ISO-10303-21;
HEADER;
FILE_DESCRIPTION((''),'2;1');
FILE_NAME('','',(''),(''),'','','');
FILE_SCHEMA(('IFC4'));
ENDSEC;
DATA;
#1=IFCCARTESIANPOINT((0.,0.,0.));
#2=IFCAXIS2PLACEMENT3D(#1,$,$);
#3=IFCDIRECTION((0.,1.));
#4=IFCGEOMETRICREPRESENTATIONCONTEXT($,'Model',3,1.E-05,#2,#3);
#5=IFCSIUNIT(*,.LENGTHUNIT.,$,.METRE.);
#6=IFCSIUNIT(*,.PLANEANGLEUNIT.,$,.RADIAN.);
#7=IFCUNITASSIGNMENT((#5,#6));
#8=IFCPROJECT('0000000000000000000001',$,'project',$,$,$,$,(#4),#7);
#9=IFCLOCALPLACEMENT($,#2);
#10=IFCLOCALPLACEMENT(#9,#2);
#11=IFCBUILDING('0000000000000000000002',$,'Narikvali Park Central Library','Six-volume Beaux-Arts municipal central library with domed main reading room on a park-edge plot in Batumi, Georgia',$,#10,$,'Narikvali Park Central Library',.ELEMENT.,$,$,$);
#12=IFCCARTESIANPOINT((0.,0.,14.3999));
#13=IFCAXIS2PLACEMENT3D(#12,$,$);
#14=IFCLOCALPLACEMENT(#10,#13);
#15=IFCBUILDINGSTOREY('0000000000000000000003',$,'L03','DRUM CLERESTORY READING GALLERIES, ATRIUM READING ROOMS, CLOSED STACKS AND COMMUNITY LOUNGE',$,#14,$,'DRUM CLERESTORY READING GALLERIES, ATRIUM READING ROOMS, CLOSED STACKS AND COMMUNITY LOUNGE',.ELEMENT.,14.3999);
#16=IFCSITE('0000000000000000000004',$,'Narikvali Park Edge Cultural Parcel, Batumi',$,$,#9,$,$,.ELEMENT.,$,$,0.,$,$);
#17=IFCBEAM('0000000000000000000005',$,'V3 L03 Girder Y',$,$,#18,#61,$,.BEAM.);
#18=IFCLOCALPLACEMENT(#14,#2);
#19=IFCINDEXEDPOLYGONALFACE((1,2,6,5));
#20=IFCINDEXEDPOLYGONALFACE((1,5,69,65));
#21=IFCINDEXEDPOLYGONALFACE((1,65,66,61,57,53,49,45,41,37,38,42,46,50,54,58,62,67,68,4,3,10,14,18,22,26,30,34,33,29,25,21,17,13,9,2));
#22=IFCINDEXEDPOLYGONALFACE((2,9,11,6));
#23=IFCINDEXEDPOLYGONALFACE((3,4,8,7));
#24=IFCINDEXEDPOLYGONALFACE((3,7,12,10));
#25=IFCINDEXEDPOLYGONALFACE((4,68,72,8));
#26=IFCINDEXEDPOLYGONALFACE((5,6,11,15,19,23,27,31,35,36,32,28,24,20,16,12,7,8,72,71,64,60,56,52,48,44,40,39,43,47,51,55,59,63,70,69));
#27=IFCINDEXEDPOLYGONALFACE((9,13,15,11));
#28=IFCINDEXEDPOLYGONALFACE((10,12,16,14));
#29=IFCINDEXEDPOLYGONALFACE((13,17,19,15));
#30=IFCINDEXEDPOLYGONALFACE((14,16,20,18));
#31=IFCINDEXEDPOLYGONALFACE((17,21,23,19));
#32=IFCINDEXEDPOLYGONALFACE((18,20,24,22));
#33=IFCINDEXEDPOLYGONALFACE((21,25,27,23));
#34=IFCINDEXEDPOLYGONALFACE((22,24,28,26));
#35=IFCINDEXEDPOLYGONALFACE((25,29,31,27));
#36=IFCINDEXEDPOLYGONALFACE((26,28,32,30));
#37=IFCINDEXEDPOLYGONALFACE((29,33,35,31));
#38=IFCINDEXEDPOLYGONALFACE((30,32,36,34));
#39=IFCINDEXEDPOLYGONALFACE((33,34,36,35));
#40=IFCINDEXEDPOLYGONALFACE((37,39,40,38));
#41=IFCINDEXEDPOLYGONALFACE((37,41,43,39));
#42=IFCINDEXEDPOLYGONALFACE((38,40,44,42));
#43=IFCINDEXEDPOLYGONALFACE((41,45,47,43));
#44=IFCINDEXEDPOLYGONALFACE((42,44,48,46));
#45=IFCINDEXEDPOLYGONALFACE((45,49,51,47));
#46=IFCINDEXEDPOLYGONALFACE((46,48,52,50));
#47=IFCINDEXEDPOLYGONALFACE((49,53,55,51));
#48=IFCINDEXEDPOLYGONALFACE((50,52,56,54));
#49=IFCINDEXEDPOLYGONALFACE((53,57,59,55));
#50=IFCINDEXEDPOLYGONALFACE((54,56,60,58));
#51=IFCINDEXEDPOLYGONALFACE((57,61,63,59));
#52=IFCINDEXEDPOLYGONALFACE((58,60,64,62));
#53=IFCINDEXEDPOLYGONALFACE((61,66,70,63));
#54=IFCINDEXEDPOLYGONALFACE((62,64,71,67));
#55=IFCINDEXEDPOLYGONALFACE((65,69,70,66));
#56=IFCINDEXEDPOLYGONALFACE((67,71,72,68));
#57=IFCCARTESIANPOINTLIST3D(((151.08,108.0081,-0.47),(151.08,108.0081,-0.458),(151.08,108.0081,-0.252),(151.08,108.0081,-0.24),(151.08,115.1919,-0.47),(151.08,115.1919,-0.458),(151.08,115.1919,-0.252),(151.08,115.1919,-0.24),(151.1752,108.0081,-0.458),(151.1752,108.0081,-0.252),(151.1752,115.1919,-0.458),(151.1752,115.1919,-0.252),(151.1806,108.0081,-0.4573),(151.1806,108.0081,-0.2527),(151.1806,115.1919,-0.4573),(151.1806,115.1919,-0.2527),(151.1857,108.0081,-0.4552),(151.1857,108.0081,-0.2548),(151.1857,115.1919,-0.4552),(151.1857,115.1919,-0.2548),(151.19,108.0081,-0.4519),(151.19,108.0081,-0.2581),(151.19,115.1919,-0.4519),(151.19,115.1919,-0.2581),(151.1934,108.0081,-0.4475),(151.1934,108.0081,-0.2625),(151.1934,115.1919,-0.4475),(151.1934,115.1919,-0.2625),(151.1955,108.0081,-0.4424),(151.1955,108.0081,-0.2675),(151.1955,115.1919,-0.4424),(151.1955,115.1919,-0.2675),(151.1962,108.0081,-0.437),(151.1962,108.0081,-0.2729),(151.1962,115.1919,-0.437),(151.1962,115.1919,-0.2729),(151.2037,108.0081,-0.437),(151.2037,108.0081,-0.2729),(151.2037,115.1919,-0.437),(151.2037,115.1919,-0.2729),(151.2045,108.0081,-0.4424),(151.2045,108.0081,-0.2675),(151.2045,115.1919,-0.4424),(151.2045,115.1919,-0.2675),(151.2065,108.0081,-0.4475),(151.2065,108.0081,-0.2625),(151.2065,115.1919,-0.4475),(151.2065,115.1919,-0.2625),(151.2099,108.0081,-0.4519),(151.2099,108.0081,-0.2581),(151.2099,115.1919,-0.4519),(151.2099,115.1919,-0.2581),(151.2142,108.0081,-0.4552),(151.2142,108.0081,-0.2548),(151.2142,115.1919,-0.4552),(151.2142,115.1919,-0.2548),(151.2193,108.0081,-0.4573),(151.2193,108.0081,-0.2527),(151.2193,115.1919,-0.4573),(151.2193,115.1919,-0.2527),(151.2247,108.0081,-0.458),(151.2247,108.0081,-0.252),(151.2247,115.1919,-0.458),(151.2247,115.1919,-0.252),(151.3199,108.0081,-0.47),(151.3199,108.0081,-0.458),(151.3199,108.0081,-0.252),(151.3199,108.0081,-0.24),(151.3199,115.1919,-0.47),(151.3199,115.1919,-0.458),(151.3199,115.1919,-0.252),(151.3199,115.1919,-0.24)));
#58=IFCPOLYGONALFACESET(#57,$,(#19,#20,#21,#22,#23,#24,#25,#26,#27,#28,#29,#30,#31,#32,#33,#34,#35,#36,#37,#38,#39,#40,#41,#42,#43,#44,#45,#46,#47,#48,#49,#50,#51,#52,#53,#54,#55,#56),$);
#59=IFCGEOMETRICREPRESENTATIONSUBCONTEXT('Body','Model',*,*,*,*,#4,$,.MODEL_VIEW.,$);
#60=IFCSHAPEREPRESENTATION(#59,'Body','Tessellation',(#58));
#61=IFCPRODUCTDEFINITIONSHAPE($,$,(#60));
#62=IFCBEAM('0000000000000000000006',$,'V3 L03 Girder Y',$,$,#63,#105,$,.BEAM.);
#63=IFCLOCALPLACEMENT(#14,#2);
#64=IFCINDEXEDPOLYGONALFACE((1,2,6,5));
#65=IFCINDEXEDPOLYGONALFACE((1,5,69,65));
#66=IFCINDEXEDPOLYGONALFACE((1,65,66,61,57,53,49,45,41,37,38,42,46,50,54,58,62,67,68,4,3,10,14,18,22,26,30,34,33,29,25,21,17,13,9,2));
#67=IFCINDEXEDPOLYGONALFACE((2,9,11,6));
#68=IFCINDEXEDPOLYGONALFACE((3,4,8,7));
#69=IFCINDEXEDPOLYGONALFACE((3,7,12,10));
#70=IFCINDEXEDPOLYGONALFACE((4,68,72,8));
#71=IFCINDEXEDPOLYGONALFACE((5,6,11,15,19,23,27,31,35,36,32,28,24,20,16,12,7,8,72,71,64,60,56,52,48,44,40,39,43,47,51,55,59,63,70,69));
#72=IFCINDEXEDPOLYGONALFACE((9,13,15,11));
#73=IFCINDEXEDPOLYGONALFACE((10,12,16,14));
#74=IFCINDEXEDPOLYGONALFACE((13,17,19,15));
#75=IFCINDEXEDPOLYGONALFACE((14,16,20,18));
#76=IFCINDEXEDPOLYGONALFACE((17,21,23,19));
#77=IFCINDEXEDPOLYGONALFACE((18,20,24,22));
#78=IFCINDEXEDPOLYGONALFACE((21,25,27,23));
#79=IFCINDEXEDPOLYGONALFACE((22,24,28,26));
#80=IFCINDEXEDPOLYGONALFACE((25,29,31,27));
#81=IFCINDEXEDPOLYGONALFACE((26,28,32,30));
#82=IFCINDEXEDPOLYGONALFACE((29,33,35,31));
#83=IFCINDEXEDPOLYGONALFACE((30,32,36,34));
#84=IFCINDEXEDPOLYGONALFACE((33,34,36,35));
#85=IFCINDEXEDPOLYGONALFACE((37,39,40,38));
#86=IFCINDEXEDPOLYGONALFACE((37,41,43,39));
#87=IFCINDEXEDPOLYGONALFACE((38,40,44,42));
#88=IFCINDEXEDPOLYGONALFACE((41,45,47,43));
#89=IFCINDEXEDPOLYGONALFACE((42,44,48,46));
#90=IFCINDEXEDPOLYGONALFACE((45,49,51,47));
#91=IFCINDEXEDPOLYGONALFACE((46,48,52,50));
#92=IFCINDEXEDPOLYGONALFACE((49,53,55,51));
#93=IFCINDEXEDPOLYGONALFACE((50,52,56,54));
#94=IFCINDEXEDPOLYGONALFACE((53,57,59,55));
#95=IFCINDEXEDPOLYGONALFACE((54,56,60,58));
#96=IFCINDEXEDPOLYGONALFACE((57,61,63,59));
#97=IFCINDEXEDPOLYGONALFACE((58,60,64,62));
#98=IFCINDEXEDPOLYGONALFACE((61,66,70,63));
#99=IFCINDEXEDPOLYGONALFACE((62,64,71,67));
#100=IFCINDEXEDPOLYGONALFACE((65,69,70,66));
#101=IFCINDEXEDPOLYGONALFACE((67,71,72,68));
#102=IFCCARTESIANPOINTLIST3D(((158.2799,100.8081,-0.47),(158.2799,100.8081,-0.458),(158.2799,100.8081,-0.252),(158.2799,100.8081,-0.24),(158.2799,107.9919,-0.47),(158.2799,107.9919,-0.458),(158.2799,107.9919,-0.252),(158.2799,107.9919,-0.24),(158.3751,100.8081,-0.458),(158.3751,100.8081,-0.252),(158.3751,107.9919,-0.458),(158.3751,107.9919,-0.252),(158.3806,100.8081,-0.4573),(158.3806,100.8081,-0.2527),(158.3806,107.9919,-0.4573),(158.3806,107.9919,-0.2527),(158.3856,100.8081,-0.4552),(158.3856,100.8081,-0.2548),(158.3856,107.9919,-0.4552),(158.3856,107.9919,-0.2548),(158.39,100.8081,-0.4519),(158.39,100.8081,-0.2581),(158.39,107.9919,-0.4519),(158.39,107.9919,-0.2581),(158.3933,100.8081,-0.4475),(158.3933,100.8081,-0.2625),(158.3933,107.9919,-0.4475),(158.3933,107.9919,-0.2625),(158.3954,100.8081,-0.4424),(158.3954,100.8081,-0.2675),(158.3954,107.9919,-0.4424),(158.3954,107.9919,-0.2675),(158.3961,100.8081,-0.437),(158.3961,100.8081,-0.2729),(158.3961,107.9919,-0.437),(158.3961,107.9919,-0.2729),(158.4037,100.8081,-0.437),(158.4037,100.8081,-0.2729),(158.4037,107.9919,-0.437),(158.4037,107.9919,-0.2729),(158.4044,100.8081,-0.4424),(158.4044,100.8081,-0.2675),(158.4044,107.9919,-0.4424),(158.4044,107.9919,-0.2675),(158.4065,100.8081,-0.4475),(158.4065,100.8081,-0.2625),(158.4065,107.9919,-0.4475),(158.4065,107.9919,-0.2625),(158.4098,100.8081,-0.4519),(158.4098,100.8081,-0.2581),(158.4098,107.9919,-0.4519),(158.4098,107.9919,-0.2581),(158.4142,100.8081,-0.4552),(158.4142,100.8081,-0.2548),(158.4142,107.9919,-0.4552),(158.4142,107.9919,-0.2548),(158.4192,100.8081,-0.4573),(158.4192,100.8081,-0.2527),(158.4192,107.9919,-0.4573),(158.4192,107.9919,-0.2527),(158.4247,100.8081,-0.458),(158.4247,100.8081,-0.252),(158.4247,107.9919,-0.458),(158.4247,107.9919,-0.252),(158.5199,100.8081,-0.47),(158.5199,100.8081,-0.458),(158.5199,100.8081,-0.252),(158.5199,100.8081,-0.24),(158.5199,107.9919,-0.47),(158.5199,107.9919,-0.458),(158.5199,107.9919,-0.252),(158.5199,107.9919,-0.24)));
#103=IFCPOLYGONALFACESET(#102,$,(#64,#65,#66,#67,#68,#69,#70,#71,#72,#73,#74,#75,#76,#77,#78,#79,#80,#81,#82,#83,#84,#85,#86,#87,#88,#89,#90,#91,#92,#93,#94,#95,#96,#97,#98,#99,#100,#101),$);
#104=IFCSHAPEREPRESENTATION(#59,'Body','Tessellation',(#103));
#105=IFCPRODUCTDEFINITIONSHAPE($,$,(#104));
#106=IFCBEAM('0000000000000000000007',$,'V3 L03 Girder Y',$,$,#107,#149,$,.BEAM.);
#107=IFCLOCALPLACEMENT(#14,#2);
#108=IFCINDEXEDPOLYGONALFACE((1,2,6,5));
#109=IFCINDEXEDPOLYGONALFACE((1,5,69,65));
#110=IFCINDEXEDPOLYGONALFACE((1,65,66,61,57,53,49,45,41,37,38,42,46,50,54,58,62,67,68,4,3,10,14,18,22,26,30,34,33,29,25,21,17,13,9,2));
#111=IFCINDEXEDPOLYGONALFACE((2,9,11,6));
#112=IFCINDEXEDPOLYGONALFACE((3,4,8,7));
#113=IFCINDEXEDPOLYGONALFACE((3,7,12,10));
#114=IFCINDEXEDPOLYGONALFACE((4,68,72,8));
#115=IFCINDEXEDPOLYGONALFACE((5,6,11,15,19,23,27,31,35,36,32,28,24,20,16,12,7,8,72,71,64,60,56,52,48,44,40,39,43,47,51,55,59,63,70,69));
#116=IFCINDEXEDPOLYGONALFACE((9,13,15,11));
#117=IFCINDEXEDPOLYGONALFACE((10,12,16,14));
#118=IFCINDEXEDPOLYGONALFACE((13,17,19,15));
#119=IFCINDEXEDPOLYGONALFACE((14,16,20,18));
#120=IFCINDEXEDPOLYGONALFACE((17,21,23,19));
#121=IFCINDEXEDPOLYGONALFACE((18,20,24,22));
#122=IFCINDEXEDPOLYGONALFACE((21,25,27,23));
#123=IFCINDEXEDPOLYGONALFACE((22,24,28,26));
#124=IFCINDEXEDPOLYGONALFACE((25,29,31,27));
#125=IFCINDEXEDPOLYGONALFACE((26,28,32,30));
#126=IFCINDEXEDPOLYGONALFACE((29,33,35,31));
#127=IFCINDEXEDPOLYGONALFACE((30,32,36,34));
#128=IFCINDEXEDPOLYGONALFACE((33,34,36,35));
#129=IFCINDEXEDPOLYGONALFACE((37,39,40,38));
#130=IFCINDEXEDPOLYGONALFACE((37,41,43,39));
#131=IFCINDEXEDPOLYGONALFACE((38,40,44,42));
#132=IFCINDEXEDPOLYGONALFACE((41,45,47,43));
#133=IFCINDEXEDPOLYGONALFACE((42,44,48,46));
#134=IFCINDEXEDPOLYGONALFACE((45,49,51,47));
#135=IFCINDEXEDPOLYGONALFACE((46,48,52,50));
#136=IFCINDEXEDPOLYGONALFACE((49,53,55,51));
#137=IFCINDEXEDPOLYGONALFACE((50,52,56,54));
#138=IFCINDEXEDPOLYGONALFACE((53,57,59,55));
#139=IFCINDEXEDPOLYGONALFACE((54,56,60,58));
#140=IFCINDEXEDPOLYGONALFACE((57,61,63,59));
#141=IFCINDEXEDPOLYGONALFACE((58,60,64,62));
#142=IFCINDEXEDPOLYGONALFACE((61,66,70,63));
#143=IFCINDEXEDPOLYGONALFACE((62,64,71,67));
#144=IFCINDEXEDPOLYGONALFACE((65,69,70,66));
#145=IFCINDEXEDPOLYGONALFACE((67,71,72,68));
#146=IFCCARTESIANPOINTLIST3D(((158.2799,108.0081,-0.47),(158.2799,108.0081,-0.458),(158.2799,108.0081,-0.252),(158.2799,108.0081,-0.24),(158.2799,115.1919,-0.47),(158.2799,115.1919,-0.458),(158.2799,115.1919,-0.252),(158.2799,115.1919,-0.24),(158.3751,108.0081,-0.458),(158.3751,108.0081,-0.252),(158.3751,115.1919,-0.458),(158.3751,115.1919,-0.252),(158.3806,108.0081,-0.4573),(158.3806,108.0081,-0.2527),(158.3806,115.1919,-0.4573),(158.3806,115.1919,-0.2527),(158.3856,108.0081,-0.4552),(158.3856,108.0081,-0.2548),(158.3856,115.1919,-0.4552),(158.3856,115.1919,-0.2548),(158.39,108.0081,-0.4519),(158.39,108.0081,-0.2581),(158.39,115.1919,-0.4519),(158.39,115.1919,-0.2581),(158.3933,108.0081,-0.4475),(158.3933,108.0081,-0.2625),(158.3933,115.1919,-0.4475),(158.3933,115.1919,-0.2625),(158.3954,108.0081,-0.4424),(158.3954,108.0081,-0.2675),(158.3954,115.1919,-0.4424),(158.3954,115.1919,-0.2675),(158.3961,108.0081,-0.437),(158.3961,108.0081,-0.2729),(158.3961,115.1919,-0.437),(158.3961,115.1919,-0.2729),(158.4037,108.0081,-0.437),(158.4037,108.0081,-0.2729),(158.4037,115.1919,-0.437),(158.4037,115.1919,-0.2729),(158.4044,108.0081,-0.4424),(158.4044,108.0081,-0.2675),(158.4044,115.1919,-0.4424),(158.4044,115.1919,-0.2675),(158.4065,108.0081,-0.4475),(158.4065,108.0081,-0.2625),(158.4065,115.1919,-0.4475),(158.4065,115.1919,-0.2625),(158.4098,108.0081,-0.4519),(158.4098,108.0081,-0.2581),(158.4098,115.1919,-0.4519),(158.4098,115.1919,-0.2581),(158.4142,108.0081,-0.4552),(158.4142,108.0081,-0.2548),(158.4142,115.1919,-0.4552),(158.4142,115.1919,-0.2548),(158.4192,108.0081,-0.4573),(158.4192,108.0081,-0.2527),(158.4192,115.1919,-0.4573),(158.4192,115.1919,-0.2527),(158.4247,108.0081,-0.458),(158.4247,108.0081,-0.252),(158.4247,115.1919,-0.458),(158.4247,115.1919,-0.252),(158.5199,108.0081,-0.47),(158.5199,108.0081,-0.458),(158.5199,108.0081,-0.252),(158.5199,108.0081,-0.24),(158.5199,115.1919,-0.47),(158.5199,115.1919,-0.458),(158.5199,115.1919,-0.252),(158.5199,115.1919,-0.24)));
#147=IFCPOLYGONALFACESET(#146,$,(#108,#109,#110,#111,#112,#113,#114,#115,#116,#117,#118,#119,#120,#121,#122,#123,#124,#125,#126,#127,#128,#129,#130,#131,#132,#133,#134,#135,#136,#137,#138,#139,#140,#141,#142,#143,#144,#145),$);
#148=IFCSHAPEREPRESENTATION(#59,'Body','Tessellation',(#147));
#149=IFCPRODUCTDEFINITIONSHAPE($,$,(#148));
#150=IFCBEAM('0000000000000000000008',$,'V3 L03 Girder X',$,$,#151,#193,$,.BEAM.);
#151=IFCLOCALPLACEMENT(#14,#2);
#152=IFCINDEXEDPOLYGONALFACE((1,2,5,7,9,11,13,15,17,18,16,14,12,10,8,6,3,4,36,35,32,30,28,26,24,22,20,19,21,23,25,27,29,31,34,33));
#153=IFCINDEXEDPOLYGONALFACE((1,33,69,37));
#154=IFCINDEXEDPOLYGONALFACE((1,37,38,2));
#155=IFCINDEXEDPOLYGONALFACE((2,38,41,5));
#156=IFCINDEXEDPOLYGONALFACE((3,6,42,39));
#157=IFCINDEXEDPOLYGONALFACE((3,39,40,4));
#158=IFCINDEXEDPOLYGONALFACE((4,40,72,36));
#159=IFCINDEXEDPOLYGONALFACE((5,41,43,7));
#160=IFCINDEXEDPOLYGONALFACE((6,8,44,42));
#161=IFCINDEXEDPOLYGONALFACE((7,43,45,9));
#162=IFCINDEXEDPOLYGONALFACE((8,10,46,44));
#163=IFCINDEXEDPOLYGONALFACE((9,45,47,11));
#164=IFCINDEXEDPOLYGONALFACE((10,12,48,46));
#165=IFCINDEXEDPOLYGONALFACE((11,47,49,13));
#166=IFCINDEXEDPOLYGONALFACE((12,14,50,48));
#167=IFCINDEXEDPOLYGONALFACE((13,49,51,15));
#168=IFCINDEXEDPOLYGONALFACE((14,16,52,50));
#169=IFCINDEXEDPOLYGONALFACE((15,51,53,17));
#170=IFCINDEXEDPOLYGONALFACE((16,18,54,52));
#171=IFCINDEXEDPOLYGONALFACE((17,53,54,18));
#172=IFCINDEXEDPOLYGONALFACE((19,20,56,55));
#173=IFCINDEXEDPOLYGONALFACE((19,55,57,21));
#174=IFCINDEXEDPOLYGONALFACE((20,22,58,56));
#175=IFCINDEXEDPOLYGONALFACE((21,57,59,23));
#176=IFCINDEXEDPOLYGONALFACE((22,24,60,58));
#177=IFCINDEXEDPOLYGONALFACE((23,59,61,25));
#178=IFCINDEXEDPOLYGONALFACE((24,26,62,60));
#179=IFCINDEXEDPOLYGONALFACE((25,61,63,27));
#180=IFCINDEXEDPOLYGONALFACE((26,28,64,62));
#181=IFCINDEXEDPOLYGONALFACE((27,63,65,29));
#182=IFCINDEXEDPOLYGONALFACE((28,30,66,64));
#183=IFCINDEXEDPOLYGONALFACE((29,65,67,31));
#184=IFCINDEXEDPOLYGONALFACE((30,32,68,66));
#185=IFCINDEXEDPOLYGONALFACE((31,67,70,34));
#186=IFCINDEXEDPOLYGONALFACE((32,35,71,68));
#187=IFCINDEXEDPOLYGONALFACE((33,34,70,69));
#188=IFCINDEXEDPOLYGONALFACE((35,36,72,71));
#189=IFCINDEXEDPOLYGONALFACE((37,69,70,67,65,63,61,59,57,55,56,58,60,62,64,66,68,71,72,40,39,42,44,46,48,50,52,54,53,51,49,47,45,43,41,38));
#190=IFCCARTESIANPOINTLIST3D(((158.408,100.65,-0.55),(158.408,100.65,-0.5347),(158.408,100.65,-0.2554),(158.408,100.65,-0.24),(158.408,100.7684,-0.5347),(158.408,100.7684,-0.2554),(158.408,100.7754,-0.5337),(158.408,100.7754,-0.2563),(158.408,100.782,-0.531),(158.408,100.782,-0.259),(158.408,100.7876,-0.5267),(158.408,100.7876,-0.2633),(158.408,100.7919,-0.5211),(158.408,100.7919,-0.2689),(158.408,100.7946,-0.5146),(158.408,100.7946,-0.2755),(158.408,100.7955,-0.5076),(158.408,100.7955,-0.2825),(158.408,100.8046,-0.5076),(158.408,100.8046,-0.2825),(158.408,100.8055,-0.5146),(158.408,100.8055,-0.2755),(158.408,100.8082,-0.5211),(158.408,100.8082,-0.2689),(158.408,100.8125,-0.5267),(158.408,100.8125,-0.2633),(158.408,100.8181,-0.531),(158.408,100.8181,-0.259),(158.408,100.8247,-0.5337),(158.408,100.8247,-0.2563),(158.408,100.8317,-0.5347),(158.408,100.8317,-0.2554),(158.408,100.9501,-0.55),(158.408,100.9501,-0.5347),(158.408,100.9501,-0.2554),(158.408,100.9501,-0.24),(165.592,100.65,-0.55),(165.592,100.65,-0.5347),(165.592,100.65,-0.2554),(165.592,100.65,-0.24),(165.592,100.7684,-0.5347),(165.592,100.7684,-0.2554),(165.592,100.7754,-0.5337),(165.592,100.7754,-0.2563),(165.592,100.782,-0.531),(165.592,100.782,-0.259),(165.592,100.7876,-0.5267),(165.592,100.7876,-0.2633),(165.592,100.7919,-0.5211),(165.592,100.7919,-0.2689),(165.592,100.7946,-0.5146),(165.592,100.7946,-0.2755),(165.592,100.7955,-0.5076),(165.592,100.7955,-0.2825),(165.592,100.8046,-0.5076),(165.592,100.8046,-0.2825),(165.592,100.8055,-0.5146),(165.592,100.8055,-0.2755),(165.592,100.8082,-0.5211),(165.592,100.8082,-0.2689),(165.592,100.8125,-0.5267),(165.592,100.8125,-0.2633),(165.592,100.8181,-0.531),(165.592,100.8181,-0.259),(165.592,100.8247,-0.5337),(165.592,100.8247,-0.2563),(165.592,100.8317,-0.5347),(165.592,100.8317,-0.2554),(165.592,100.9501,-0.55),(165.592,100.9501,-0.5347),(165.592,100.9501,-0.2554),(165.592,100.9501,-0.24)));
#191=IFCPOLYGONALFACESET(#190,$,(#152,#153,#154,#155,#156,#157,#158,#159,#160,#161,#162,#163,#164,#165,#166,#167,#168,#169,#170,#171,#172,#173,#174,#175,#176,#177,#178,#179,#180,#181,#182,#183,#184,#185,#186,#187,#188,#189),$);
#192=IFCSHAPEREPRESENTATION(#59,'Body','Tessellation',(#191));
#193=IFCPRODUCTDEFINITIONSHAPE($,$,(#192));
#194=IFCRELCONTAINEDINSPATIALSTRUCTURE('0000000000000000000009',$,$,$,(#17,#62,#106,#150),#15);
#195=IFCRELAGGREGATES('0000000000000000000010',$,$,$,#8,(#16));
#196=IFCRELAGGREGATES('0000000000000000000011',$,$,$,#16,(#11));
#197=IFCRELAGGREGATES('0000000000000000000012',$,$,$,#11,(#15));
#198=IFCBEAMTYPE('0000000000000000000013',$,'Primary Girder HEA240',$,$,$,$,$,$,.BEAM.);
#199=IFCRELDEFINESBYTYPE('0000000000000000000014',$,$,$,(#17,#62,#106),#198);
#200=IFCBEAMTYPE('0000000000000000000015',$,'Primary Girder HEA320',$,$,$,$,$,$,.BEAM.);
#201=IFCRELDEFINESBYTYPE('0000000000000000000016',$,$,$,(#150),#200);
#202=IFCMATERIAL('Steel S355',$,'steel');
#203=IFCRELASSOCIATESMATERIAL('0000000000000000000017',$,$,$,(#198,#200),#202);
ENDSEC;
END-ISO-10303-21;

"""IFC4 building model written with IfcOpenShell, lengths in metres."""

from ifc_helpers import new_model, si_unit, direction, frame, origin, origin_2d, place, context, subcontext, project, spatial, i_section, extrude, material, material_profile, profile_set, type_object, element, save


model = new_model("IFC4")

# Units and contexts
model_context = context("Model", 3, precision=1e-05, world=origin(), true_north=direction((0.0, 1.0)))
body_context = subcontext(model_context, "Body", "Model", "MODEL_VIEW")
ifc_project = project(units=[si_unit("LENGTHUNIT", "METRE"), si_unit("PLANEANGLEUNIT", "RADIAN")], contexts=[model_context])

# Site, building, storey
site_placement = place(None, origin())
site = spatial("IfcSite", under=ifc_project, at=site_placement, Name="Narikvali Park Edge Cultural Parcel, Batumi", CompositionType="ELEMENT", RefElevation=0.0)
building_placement = place(site_placement, origin())
building = spatial("IfcBuilding", under=site, at=building_placement, Name="Narikvali Park Central Library", Description="Six-volume Beaux-Arts municipal central library with domed main reading room on a park-edge plot in Batumi, Georgia", LongName="Narikvali Park Central Library", CompositionType="ELEMENT")
storey_placement = place(building_placement, frame((0.0, 0.0, 14.3999)))
storey = spatial("IfcBuildingStorey", under=building, at=storey_placement, Name="L03", Description="DRUM CLERESTORY READING GALLERIES, ATRIUM READING ROOMS, CLOSED STACKS AND COMMUNITY LOUNGE", LongName="DRUM CLERESTORY READING GALLERIES, ATRIUM READING ROOMS, CLOSED STACKS AND COMMUNITY LOUNGE", CompositionType="ELEMENT", Elevation=14.3999)

# Shared definitions
ifc_material_1 = material(Name="Steel S355", Category="steel")

# Beams
ifc_material_profile_1 = material_profile(ifc_material_1, i_section(OverallWidth=0.24, OverallDepth=0.23, WebThickness=0.0076, FlangeThickness=0.012, FilletRadius=0.021, at=origin_2d()), Name="HEA 240")
ifc_profile_set_1 = profile_set([ifc_material_profile_1], Name="Steel S355")
beam_type_1 = type_object("IfcBeamType", Name="Primary Girder HEA240", PredefinedType="BEAM", material=ifc_profile_set_1)
for number, where, z_axis, x_axis, name in (
    (1, (151.2, 108.0081, -0.355), (0.0, 1.0, 0.0), (-1.0, 0.0, 0.0), "V3 L03 Girder Y"),
    (2, (158.3999, 100.8081, -0.355), (0.0, 1.0, 0.0), (-1.0, 0.0, 0.0), "V3 L03 Girder Y"),
    (3, (158.3999, 108.0081, -0.355), (0.0, 1.0, 0.0), (-1.0, 0.0, 0.0), "V3 L03 Girder Y"),
):
    element("IfcBeam", number, at=place(storey_placement, frame(where, z_axis=z_axis, x_axis=x_axis)), inside=storey, type_object=beam_type_1, Name=name, PredefinedType="BEAM", context=body_context, shape_type="SweptSolid", body=[
        extrude(i_section(OverallWidth=0.24, OverallDepth=0.23, WebThickness=0.0076, FlangeThickness=0.012, FilletRadius=0.021, at=origin_2d()), origin(), (0.0, 0.0, 1.0), 7.1838),
    ])
ifc_material_profile_2 = material_profile(ifc_material_1, i_section(OverallWidth=0.3, OverallDepth=0.3101, WebThickness=0.009, FlangeThickness=0.0154, FilletRadius=0.0271, at=origin_2d()), Name="HEA 320")
ifc_profile_set_2 = profile_set([ifc_material_profile_2], Name="Steel S355")
beam_type_2 = type_object("IfcBeamType", Name="Primary Girder HEA320", PredefinedType="BEAM", material=ifc_profile_set_2)
for number, where, z_axis, x_axis, name in (
    (4, (158.408, 100.8, -0.395), (1.0, 0.0, 0.0), (0.0, 1.0, 0.0), "V3 L03 Girder X"),
):
    element("IfcBeam", number, at=place(storey_placement, frame(where, z_axis=z_axis, x_axis=x_axis)), inside=storey, type_object=beam_type_2, Name=name, PredefinedType="BEAM", context=body_context, shape_type="SweptSolid", body=[
        extrude(i_section(OverallWidth=0.3, OverallDepth=0.3101, WebThickness=0.009, FlangeThickness=0.0154, FilletRadius=0.0271, at=origin_2d()), origin(), (0.0, 0.0, 1.0), 7.1841),
    ])

save(model, "model.ifc")
